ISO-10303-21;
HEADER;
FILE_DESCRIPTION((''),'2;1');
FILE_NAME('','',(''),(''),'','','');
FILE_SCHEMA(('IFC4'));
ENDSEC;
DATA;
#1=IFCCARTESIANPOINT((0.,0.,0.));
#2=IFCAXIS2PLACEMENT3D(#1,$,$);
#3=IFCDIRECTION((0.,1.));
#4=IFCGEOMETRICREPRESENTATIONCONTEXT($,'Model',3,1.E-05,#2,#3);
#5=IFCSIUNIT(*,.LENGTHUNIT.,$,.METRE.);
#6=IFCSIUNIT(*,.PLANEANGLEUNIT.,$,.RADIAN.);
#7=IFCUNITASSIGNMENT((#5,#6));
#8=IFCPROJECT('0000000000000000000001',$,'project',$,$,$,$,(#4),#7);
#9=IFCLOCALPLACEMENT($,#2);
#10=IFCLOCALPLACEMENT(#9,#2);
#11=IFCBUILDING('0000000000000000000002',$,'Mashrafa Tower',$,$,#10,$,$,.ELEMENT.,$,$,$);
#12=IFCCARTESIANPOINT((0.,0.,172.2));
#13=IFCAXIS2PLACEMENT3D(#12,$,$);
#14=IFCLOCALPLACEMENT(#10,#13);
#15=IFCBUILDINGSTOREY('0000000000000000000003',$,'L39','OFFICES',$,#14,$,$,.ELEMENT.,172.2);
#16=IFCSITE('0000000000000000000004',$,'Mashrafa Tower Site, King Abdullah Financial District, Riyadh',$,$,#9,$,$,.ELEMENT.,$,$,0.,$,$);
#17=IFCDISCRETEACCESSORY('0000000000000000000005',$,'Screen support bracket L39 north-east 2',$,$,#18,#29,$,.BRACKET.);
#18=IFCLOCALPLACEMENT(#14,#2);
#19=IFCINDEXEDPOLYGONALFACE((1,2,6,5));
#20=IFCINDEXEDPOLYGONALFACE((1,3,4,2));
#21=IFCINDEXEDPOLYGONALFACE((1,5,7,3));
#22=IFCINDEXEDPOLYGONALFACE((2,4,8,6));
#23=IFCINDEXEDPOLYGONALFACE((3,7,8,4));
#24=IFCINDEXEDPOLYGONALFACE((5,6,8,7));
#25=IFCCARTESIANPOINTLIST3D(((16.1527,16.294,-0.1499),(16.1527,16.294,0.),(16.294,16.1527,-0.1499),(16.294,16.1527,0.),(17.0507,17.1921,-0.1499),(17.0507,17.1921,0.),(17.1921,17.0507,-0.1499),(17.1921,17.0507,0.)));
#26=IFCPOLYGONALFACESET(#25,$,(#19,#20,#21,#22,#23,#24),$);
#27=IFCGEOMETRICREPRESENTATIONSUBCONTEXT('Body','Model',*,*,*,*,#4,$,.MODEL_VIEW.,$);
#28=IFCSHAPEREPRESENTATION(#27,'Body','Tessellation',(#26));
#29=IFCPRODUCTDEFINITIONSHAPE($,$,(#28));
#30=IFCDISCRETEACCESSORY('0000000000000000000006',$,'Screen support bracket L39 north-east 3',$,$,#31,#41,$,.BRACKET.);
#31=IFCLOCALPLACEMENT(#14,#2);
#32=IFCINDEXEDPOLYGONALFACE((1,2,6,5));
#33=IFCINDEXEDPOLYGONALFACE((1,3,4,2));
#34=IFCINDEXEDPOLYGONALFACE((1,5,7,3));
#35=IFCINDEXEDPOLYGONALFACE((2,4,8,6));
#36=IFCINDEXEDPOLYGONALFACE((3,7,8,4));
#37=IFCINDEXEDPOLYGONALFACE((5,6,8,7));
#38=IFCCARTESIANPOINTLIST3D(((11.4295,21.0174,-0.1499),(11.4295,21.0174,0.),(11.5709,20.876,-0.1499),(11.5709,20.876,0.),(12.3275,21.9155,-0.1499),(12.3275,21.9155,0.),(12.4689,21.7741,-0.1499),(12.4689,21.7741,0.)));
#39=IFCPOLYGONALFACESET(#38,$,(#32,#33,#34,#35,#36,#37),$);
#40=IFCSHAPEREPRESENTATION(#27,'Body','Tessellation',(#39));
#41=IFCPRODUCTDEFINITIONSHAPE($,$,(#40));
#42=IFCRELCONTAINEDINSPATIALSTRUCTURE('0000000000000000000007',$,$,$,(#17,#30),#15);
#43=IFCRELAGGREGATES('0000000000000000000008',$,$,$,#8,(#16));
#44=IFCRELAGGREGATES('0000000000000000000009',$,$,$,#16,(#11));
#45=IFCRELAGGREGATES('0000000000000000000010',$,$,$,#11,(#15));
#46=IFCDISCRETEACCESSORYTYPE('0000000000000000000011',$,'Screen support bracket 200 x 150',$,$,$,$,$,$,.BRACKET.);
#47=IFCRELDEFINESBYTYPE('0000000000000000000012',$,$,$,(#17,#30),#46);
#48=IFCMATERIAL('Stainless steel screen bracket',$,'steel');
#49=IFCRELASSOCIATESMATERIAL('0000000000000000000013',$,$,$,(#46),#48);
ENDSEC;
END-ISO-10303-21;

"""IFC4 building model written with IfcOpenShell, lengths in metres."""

from ifc_helpers import new_model, si_unit, direction, frame, origin, origin_2d, place, context, subcontext, project, spatial, rectangle, extrude, source, transform, mapped, material, type_object, type_shapes, element, save


model = new_model("IFC4")

# Units and contexts
model_context = context("Model", 3, precision=1e-05, world=origin(), true_north=direction((0.0, 1.0)))
body_context = subcontext(model_context, "Body", "Model", "MODEL_VIEW")
ifc_project = project(units=[si_unit("LENGTHUNIT", "METRE"), si_unit("PLANEANGLEUNIT", "RADIAN")], contexts=[model_context])

# Site, building, storey
site_placement = place(None, origin())
site = spatial("IfcSite", under=ifc_project, at=site_placement, Name="Mashrafa Tower Site, King Abdullah Financial District, Riyadh", CompositionType="ELEMENT", RefElevation=0.0)
building_placement = place(site_placement, origin())
building = spatial("IfcBuilding", under=site, at=building_placement, Name="Mashrafa Tower", CompositionType="ELEMENT")
storey_placement = place(building_placement, frame((0.0, 0.0, 172.2)))
storey = spatial("IfcBuildingStorey", under=building, at=storey_placement, Name="L39", Description="OFFICES", CompositionType="ELEMENT", Elevation=172.2)

# Discrete accessories
ifc_material_1 = material(Name="Stainless steel screen bracket", Category="steel")
discrete_accessory_type = type_object("IfcDiscreteAccessoryType", Name="Screen support bracket 200 x 150", PredefinedType="BRACKET", material=ifc_material_1)
shared_shape_1 = source(origin(), body_context, "Body", "SweptSolid", [
    extrude(rectangle(XDim=0.2, YDim=1.27, at=origin_2d()), origin(), (0.0, 0.0, 1.0), 0.1499),
])
type_shapes(discrete_accessory_type, [shared_shape_1])
for number, where, z_axis, x_axis, name in (
    (1, (16.6724, 16.6724, -0.1499), (0.0, 0.0, 1.0), (-0.707107, 0.707107, 0.0), "Screen support bracket L39 north-east 2"),
    (2, (11.9492, 21.3958, -0.1499), (0.0, 0.0, 1.0), (-0.707107, 0.707107, 0.0), "Screen support bracket L39 north-east 3"),
):
    element("IfcDiscreteAccessory", number, at=place(storey_placement, frame(where, z_axis=z_axis, x_axis=x_axis)), inside=storey, type_object=discrete_accessory_type, Name=name, PredefinedType="BRACKET", context=body_context, shape_type="MappedRepresentation", body=[
        mapped(shared_shape_1, transform((0.0, 0.0, 0.0))),
    ])

save(model, "model.ifc")
